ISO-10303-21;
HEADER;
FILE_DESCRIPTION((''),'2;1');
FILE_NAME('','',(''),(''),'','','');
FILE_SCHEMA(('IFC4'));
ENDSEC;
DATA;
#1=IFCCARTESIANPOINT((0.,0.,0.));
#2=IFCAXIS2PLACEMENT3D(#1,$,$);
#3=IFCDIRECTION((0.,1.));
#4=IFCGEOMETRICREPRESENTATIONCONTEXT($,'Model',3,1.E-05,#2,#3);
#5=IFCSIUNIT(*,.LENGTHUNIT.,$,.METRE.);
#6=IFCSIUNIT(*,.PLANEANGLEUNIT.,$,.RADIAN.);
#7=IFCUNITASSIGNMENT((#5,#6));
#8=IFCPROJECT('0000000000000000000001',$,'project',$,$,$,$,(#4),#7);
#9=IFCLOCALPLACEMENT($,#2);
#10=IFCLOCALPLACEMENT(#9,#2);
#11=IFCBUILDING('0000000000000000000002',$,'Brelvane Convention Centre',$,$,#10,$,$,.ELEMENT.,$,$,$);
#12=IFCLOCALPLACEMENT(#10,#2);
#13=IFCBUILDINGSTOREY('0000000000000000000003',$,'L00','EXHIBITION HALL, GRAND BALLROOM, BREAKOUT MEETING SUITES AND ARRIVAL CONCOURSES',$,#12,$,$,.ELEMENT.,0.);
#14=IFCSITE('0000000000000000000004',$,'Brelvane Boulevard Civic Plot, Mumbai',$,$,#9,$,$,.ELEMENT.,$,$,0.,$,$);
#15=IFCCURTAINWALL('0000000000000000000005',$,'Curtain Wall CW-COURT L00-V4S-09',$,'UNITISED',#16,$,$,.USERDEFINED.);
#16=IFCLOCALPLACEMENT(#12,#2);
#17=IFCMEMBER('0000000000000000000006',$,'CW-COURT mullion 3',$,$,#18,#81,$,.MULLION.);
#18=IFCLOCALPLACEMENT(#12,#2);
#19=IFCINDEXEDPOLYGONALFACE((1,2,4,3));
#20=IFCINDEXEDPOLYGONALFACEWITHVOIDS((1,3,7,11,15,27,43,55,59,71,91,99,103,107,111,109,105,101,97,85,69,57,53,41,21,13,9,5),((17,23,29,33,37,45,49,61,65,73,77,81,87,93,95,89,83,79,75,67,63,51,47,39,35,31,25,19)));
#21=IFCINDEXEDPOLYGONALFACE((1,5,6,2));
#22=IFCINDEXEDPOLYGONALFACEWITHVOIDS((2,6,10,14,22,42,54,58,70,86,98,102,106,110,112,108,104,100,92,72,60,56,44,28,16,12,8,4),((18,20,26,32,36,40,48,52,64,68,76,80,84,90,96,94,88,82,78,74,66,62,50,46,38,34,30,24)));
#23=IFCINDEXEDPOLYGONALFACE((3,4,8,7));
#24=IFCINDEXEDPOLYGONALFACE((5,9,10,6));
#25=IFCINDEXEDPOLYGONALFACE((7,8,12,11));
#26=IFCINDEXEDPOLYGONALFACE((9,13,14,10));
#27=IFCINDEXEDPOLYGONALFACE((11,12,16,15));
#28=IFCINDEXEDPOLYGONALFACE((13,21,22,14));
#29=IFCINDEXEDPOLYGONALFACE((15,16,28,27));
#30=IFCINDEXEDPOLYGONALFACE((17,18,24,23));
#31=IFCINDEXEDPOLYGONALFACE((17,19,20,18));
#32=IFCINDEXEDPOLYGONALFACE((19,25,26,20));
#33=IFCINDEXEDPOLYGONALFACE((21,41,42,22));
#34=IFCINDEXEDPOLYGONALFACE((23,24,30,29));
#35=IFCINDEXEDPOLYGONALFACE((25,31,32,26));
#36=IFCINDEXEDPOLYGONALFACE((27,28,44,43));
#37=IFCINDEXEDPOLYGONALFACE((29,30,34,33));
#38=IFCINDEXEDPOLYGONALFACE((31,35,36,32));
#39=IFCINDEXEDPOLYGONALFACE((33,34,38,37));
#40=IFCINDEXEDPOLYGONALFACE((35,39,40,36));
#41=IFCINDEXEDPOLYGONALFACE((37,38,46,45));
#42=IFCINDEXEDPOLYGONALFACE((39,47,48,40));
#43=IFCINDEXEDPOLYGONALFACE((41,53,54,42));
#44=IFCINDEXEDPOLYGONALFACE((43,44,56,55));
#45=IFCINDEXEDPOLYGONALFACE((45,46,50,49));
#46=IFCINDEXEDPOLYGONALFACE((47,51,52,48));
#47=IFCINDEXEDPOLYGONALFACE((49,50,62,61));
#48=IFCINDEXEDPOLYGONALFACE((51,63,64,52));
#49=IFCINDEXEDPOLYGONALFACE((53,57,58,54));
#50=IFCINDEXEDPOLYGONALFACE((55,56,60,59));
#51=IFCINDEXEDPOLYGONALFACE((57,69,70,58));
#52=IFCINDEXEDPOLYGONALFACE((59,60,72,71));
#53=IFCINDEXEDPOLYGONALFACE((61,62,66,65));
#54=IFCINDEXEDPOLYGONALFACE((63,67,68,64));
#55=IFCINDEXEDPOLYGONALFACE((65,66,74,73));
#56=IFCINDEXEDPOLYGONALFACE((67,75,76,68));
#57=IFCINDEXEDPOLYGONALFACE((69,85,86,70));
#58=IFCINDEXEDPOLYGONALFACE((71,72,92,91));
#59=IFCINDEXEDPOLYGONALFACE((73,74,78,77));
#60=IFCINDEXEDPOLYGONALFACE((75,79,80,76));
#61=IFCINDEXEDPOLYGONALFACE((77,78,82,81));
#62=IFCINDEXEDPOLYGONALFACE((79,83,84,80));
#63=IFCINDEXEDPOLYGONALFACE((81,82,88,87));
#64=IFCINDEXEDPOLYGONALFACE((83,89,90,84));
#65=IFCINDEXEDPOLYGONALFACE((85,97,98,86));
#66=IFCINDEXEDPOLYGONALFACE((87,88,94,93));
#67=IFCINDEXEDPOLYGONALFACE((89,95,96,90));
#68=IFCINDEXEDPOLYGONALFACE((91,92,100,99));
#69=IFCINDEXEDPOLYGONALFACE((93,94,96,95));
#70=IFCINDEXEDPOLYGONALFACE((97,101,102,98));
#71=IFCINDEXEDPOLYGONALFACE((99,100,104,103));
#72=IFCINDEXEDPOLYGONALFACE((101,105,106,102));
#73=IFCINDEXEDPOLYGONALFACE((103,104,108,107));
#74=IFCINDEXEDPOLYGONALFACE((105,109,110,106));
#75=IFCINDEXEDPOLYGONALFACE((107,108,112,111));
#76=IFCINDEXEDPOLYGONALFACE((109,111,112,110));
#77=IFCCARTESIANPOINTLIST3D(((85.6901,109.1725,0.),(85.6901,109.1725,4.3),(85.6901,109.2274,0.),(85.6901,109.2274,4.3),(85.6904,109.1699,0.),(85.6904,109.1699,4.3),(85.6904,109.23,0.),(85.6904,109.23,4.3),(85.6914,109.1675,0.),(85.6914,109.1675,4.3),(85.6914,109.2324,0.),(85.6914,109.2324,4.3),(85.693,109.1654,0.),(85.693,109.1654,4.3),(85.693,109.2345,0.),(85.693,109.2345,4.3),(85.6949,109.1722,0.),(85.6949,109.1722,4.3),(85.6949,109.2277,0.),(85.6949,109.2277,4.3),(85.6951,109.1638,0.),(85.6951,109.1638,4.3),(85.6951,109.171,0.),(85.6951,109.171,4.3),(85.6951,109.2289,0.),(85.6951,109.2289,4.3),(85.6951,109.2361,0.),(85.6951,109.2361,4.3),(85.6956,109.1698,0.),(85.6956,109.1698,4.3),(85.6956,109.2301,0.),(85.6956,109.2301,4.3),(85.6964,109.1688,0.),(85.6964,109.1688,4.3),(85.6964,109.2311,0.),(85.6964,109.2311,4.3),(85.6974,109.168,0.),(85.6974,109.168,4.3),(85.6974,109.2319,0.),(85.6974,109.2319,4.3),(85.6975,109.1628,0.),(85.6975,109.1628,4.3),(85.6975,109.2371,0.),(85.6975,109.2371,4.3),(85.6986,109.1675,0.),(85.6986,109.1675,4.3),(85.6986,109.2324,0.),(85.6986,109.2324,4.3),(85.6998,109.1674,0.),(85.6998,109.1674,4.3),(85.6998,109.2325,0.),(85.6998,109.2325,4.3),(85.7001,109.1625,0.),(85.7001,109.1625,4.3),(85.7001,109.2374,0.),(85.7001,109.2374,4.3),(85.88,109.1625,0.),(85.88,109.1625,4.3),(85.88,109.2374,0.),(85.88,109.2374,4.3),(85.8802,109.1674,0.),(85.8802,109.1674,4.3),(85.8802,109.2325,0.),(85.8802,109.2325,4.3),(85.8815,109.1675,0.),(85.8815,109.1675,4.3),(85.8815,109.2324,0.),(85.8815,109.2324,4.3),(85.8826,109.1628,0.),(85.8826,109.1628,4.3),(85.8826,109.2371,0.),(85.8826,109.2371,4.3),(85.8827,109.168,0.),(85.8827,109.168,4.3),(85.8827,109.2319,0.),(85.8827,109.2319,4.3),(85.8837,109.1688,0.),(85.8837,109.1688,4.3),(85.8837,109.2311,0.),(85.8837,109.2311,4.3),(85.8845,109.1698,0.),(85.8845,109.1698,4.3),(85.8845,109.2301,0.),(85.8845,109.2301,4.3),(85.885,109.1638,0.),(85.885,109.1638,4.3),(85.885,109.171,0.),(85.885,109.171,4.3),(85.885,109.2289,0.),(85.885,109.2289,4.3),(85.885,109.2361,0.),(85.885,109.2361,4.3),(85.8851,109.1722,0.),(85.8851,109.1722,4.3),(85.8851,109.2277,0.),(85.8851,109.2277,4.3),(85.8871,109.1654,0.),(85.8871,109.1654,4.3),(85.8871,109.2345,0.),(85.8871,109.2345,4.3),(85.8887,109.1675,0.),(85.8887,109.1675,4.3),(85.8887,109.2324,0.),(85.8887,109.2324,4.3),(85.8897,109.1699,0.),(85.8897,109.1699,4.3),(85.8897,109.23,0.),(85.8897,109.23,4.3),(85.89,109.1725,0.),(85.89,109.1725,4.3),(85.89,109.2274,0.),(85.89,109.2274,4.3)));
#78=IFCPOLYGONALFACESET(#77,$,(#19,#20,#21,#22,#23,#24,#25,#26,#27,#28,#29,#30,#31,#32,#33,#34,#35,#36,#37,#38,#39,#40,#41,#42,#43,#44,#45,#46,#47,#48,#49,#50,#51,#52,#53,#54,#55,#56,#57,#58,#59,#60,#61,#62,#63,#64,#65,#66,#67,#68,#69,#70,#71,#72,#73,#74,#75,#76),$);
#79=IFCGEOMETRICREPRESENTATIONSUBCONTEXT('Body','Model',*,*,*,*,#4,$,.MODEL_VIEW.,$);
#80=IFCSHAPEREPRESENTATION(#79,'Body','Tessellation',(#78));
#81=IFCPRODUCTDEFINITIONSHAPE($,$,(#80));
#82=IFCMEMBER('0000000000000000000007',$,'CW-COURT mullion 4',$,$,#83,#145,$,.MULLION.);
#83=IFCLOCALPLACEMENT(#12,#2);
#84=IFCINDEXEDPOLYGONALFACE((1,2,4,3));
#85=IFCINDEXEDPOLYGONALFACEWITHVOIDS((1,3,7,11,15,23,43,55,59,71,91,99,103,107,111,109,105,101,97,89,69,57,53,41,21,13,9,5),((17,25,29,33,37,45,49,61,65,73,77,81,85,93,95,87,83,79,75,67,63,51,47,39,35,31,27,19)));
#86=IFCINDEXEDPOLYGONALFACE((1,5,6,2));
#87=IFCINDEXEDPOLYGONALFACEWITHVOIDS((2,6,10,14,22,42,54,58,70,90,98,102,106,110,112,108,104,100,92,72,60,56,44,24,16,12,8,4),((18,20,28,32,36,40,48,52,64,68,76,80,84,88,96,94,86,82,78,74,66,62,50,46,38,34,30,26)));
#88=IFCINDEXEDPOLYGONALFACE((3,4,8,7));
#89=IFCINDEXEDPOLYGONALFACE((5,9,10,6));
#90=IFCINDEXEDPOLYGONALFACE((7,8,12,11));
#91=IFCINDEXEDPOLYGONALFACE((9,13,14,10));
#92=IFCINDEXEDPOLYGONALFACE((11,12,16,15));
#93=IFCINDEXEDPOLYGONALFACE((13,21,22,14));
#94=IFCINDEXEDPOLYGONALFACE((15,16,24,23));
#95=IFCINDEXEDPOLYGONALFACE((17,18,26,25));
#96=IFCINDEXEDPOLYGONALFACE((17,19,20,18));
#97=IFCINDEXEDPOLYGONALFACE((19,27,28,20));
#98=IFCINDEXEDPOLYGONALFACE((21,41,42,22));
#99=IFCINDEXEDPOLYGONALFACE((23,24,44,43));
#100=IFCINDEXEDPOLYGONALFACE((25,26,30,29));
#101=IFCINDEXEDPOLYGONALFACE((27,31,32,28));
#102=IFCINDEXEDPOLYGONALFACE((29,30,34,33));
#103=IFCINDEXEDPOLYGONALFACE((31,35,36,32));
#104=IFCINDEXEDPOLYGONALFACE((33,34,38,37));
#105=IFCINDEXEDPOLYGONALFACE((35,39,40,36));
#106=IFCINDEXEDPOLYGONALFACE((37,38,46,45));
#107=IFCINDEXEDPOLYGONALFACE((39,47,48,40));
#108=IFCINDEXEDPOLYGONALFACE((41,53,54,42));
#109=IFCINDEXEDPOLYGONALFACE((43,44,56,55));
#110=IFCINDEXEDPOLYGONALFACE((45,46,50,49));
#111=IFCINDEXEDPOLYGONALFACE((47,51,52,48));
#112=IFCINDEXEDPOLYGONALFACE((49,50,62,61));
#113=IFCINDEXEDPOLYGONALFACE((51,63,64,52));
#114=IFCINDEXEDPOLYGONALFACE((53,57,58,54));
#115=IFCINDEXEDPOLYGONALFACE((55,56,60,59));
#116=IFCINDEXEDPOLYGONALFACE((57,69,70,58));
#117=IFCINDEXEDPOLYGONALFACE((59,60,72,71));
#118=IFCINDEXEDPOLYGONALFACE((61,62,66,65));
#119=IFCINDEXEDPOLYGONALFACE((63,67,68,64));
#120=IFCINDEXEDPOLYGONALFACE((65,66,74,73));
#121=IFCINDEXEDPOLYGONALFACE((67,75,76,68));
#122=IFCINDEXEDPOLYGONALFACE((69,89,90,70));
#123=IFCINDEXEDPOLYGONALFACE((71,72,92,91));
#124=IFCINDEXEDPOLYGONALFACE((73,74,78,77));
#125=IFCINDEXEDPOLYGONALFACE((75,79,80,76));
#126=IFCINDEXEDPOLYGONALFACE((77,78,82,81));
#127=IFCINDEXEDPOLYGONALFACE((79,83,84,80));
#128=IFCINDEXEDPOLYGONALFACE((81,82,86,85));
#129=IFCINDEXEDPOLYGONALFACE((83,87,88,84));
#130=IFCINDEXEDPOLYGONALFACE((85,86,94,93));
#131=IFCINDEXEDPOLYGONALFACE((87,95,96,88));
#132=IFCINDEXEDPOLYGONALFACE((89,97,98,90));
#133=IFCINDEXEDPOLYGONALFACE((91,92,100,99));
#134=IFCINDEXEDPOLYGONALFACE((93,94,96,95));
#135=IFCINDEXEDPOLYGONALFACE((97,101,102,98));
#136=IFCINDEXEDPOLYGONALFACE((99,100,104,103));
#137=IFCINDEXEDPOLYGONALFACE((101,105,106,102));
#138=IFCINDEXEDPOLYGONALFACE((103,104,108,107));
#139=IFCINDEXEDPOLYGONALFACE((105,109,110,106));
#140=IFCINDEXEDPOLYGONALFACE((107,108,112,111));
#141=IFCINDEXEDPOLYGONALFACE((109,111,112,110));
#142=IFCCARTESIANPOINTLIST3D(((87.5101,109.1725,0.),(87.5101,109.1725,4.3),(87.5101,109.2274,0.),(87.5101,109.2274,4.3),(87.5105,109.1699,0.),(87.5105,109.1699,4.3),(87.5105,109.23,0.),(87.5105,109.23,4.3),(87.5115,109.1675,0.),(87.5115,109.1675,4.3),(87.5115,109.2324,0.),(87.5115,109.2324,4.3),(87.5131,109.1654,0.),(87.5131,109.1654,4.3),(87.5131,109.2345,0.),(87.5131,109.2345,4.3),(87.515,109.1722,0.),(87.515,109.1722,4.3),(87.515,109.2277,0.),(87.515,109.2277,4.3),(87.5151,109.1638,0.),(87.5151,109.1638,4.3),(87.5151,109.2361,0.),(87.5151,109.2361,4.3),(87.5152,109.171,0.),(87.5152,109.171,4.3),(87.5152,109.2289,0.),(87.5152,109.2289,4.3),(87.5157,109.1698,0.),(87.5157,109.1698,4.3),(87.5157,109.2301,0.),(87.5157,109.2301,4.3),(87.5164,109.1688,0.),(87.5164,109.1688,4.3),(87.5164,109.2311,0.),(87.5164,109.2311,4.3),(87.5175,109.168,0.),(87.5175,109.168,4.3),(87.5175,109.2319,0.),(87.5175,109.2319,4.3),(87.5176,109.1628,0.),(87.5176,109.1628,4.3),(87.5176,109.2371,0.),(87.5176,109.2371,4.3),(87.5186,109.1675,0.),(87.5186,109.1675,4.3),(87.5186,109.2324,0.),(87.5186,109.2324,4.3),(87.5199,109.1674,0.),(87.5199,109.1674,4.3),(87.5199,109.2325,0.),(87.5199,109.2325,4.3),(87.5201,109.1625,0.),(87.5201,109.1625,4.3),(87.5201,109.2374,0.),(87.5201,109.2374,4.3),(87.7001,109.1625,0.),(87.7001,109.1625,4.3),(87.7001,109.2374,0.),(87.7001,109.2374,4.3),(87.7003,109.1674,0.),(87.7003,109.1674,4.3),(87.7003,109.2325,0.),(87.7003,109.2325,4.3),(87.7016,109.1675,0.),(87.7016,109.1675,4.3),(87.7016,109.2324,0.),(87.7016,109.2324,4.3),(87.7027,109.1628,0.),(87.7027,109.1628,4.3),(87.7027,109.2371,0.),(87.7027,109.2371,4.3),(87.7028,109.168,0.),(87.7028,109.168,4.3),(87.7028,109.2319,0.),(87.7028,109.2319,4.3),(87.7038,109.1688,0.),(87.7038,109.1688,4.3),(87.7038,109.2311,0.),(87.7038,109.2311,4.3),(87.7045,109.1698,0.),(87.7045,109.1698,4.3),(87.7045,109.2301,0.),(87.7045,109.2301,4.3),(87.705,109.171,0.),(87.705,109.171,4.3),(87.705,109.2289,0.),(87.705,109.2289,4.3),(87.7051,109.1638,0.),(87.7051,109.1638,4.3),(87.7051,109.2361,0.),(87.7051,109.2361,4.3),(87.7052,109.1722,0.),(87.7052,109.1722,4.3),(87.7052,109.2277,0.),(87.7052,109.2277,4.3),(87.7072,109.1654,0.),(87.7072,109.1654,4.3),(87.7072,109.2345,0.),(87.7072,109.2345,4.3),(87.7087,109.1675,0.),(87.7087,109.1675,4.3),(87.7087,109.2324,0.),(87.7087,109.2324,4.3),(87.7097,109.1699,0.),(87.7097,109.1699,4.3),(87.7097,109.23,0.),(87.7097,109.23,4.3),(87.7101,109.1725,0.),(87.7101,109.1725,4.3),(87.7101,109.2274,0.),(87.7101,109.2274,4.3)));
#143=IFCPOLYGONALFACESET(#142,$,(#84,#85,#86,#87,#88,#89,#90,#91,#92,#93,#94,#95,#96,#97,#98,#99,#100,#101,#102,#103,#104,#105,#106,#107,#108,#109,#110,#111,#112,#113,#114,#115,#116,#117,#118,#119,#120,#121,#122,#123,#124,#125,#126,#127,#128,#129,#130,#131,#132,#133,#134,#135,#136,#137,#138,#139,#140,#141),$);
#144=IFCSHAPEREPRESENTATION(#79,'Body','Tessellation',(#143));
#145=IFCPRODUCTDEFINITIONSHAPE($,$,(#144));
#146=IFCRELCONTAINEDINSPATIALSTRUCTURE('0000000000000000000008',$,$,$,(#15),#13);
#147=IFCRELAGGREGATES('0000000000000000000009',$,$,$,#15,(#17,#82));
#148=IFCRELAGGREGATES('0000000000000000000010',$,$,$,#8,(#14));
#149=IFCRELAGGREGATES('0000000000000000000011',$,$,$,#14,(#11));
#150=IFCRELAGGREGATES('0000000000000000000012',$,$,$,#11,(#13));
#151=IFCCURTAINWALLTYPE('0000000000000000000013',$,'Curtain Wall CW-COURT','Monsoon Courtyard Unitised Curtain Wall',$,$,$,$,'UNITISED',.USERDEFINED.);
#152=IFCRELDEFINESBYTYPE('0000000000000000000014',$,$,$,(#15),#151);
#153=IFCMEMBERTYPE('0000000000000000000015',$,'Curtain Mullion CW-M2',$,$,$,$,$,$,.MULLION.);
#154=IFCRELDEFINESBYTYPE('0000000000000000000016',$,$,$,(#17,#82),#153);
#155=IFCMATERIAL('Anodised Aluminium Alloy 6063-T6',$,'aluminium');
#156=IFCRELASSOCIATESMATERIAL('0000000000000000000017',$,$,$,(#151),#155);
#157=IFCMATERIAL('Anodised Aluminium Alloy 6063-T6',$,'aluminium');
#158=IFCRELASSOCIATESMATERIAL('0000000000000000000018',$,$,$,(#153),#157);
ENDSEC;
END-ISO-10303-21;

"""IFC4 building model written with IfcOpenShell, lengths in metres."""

from ifc_helpers import new_model, si_unit, direction, frame, origin, origin_2d, place, context, subcontext, project, spatial, hollow_rectangle, extrude, material, material_profile, profile_set, type_object, element, aggregate, save


model = new_model("IFC4")

# Units and contexts
model_context = context("Model", 3, precision=1e-05, world=origin(), true_north=direction((0.0, 1.0)))
body_context = subcontext(model_context, "Body", "Model", "MODEL_VIEW")
ifc_project = project(units=[si_unit("LENGTHUNIT", "METRE"), si_unit("PLANEANGLEUNIT", "RADIAN")], contexts=[model_context])

# Site, building, storey
site_placement = place(None, origin())
site = spatial("IfcSite", under=ifc_project, at=site_placement, Name="Brelvane Boulevard Civic Plot, Mumbai", CompositionType="ELEMENT", RefElevation=0.0)
building_placement = place(site_placement, origin())
building = spatial("IfcBuilding", under=site, at=building_placement, Name="Brelvane Convention Centre", CompositionType="ELEMENT")
storey_placement = place(building_placement, origin())
storey = spatial("IfcBuildingStorey", under=building, at=storey_placement, Name="L00", Description="EXHIBITION HALL, GRAND BALLROOM, BREAKOUT MEETING SUITES AND ARRIVAL CONCOURSES", CompositionType="ELEMENT", Elevation=0.0)

# Curtain wall, members
ifc_material_1 = material(Name="Anodised Aluminium Alloy 6063-T6", Category="aluminium")
curtain_wall_type = type_object("IfcCurtainWallType", Name="Curtain Wall CW-COURT", Description="Monsoon Courtyard Unitised Curtain Wall", ElementType="UNITISED", PredefinedType="USERDEFINED", material=ifc_material_1)
curtain_wall_placement = place(storey_placement, origin())
curtain_wall = element("IfcCurtainWall", 1, at=curtain_wall_placement, inside=storey, type_object=curtain_wall_type, Name="Curtain Wall CW-COURT L00-V4S-09", ObjectType="UNITISED", PredefinedType="USERDEFINED")
ifc_material_2 = material(Name="Anodised Aluminium Alloy 6063-T6", Category="aluminium")
ifc_material_profile_1 = material_profile(ifc_material_2, hollow_rectangle(XDim=0.075, YDim=0.2, WallThickness=0.0049, InnerFilletRadius=0.0049, OuterFilletRadius=0.01, at=origin_2d()), Name="ALU-M 200x75x5.0")
ifc_profile_set_1 = profile_set([ifc_material_profile_1], Name="Anodised Aluminium Alloy 6063-T6")
member_type_1 = type_object("IfcMemberType", Name="Curtain Mullion CW-M2", PredefinedType="MULLION", material=ifc_profile_set_1)
member_1_placement = place(storey_placement, frame((85.79, 109.2, 0.0), z_axis=(0.0, 0.0, 1.0), x_axis=(0.0, 1.0, 0.0)))
member_1 = element("IfcMember", 2, at=member_1_placement, type_object=member_type_1, Name="CW-COURT mullion 3", PredefinedType="MULLION", context=body_context, shape_type="SweptSolid", body=[
    extrude(hollow_rectangle(XDim=0.075, YDim=0.2, WallThickness=0.0049, InnerFilletRadius=0.0049, OuterFilletRadius=0.01, at=origin_2d()), origin(), (0.0, 0.0, 1.0), 4.3),
])
member_2_placement = place(storey_placement, frame((87.6101, 109.2, 0.0), z_axis=(0.0, 0.0, 1.0), x_axis=(0.0, 1.0, 0.0)))
member_2 = element("IfcMember", 3, at=member_2_placement, type_object=member_type_1, Name="CW-COURT mullion 4", PredefinedType="MULLION", context=body_context, shape_type="SweptSolid", body=[
    extrude(hollow_rectangle(XDim=0.075, YDim=0.2, WallThickness=0.0049, InnerFilletRadius=0.0049, OuterFilletRadius=0.01, at=origin_2d()), origin(), (0.0, 0.0, 1.0), 4.3),
])
aggregate(curtain_wall, [member_1, member_2])

save(model, "model.ifc")
